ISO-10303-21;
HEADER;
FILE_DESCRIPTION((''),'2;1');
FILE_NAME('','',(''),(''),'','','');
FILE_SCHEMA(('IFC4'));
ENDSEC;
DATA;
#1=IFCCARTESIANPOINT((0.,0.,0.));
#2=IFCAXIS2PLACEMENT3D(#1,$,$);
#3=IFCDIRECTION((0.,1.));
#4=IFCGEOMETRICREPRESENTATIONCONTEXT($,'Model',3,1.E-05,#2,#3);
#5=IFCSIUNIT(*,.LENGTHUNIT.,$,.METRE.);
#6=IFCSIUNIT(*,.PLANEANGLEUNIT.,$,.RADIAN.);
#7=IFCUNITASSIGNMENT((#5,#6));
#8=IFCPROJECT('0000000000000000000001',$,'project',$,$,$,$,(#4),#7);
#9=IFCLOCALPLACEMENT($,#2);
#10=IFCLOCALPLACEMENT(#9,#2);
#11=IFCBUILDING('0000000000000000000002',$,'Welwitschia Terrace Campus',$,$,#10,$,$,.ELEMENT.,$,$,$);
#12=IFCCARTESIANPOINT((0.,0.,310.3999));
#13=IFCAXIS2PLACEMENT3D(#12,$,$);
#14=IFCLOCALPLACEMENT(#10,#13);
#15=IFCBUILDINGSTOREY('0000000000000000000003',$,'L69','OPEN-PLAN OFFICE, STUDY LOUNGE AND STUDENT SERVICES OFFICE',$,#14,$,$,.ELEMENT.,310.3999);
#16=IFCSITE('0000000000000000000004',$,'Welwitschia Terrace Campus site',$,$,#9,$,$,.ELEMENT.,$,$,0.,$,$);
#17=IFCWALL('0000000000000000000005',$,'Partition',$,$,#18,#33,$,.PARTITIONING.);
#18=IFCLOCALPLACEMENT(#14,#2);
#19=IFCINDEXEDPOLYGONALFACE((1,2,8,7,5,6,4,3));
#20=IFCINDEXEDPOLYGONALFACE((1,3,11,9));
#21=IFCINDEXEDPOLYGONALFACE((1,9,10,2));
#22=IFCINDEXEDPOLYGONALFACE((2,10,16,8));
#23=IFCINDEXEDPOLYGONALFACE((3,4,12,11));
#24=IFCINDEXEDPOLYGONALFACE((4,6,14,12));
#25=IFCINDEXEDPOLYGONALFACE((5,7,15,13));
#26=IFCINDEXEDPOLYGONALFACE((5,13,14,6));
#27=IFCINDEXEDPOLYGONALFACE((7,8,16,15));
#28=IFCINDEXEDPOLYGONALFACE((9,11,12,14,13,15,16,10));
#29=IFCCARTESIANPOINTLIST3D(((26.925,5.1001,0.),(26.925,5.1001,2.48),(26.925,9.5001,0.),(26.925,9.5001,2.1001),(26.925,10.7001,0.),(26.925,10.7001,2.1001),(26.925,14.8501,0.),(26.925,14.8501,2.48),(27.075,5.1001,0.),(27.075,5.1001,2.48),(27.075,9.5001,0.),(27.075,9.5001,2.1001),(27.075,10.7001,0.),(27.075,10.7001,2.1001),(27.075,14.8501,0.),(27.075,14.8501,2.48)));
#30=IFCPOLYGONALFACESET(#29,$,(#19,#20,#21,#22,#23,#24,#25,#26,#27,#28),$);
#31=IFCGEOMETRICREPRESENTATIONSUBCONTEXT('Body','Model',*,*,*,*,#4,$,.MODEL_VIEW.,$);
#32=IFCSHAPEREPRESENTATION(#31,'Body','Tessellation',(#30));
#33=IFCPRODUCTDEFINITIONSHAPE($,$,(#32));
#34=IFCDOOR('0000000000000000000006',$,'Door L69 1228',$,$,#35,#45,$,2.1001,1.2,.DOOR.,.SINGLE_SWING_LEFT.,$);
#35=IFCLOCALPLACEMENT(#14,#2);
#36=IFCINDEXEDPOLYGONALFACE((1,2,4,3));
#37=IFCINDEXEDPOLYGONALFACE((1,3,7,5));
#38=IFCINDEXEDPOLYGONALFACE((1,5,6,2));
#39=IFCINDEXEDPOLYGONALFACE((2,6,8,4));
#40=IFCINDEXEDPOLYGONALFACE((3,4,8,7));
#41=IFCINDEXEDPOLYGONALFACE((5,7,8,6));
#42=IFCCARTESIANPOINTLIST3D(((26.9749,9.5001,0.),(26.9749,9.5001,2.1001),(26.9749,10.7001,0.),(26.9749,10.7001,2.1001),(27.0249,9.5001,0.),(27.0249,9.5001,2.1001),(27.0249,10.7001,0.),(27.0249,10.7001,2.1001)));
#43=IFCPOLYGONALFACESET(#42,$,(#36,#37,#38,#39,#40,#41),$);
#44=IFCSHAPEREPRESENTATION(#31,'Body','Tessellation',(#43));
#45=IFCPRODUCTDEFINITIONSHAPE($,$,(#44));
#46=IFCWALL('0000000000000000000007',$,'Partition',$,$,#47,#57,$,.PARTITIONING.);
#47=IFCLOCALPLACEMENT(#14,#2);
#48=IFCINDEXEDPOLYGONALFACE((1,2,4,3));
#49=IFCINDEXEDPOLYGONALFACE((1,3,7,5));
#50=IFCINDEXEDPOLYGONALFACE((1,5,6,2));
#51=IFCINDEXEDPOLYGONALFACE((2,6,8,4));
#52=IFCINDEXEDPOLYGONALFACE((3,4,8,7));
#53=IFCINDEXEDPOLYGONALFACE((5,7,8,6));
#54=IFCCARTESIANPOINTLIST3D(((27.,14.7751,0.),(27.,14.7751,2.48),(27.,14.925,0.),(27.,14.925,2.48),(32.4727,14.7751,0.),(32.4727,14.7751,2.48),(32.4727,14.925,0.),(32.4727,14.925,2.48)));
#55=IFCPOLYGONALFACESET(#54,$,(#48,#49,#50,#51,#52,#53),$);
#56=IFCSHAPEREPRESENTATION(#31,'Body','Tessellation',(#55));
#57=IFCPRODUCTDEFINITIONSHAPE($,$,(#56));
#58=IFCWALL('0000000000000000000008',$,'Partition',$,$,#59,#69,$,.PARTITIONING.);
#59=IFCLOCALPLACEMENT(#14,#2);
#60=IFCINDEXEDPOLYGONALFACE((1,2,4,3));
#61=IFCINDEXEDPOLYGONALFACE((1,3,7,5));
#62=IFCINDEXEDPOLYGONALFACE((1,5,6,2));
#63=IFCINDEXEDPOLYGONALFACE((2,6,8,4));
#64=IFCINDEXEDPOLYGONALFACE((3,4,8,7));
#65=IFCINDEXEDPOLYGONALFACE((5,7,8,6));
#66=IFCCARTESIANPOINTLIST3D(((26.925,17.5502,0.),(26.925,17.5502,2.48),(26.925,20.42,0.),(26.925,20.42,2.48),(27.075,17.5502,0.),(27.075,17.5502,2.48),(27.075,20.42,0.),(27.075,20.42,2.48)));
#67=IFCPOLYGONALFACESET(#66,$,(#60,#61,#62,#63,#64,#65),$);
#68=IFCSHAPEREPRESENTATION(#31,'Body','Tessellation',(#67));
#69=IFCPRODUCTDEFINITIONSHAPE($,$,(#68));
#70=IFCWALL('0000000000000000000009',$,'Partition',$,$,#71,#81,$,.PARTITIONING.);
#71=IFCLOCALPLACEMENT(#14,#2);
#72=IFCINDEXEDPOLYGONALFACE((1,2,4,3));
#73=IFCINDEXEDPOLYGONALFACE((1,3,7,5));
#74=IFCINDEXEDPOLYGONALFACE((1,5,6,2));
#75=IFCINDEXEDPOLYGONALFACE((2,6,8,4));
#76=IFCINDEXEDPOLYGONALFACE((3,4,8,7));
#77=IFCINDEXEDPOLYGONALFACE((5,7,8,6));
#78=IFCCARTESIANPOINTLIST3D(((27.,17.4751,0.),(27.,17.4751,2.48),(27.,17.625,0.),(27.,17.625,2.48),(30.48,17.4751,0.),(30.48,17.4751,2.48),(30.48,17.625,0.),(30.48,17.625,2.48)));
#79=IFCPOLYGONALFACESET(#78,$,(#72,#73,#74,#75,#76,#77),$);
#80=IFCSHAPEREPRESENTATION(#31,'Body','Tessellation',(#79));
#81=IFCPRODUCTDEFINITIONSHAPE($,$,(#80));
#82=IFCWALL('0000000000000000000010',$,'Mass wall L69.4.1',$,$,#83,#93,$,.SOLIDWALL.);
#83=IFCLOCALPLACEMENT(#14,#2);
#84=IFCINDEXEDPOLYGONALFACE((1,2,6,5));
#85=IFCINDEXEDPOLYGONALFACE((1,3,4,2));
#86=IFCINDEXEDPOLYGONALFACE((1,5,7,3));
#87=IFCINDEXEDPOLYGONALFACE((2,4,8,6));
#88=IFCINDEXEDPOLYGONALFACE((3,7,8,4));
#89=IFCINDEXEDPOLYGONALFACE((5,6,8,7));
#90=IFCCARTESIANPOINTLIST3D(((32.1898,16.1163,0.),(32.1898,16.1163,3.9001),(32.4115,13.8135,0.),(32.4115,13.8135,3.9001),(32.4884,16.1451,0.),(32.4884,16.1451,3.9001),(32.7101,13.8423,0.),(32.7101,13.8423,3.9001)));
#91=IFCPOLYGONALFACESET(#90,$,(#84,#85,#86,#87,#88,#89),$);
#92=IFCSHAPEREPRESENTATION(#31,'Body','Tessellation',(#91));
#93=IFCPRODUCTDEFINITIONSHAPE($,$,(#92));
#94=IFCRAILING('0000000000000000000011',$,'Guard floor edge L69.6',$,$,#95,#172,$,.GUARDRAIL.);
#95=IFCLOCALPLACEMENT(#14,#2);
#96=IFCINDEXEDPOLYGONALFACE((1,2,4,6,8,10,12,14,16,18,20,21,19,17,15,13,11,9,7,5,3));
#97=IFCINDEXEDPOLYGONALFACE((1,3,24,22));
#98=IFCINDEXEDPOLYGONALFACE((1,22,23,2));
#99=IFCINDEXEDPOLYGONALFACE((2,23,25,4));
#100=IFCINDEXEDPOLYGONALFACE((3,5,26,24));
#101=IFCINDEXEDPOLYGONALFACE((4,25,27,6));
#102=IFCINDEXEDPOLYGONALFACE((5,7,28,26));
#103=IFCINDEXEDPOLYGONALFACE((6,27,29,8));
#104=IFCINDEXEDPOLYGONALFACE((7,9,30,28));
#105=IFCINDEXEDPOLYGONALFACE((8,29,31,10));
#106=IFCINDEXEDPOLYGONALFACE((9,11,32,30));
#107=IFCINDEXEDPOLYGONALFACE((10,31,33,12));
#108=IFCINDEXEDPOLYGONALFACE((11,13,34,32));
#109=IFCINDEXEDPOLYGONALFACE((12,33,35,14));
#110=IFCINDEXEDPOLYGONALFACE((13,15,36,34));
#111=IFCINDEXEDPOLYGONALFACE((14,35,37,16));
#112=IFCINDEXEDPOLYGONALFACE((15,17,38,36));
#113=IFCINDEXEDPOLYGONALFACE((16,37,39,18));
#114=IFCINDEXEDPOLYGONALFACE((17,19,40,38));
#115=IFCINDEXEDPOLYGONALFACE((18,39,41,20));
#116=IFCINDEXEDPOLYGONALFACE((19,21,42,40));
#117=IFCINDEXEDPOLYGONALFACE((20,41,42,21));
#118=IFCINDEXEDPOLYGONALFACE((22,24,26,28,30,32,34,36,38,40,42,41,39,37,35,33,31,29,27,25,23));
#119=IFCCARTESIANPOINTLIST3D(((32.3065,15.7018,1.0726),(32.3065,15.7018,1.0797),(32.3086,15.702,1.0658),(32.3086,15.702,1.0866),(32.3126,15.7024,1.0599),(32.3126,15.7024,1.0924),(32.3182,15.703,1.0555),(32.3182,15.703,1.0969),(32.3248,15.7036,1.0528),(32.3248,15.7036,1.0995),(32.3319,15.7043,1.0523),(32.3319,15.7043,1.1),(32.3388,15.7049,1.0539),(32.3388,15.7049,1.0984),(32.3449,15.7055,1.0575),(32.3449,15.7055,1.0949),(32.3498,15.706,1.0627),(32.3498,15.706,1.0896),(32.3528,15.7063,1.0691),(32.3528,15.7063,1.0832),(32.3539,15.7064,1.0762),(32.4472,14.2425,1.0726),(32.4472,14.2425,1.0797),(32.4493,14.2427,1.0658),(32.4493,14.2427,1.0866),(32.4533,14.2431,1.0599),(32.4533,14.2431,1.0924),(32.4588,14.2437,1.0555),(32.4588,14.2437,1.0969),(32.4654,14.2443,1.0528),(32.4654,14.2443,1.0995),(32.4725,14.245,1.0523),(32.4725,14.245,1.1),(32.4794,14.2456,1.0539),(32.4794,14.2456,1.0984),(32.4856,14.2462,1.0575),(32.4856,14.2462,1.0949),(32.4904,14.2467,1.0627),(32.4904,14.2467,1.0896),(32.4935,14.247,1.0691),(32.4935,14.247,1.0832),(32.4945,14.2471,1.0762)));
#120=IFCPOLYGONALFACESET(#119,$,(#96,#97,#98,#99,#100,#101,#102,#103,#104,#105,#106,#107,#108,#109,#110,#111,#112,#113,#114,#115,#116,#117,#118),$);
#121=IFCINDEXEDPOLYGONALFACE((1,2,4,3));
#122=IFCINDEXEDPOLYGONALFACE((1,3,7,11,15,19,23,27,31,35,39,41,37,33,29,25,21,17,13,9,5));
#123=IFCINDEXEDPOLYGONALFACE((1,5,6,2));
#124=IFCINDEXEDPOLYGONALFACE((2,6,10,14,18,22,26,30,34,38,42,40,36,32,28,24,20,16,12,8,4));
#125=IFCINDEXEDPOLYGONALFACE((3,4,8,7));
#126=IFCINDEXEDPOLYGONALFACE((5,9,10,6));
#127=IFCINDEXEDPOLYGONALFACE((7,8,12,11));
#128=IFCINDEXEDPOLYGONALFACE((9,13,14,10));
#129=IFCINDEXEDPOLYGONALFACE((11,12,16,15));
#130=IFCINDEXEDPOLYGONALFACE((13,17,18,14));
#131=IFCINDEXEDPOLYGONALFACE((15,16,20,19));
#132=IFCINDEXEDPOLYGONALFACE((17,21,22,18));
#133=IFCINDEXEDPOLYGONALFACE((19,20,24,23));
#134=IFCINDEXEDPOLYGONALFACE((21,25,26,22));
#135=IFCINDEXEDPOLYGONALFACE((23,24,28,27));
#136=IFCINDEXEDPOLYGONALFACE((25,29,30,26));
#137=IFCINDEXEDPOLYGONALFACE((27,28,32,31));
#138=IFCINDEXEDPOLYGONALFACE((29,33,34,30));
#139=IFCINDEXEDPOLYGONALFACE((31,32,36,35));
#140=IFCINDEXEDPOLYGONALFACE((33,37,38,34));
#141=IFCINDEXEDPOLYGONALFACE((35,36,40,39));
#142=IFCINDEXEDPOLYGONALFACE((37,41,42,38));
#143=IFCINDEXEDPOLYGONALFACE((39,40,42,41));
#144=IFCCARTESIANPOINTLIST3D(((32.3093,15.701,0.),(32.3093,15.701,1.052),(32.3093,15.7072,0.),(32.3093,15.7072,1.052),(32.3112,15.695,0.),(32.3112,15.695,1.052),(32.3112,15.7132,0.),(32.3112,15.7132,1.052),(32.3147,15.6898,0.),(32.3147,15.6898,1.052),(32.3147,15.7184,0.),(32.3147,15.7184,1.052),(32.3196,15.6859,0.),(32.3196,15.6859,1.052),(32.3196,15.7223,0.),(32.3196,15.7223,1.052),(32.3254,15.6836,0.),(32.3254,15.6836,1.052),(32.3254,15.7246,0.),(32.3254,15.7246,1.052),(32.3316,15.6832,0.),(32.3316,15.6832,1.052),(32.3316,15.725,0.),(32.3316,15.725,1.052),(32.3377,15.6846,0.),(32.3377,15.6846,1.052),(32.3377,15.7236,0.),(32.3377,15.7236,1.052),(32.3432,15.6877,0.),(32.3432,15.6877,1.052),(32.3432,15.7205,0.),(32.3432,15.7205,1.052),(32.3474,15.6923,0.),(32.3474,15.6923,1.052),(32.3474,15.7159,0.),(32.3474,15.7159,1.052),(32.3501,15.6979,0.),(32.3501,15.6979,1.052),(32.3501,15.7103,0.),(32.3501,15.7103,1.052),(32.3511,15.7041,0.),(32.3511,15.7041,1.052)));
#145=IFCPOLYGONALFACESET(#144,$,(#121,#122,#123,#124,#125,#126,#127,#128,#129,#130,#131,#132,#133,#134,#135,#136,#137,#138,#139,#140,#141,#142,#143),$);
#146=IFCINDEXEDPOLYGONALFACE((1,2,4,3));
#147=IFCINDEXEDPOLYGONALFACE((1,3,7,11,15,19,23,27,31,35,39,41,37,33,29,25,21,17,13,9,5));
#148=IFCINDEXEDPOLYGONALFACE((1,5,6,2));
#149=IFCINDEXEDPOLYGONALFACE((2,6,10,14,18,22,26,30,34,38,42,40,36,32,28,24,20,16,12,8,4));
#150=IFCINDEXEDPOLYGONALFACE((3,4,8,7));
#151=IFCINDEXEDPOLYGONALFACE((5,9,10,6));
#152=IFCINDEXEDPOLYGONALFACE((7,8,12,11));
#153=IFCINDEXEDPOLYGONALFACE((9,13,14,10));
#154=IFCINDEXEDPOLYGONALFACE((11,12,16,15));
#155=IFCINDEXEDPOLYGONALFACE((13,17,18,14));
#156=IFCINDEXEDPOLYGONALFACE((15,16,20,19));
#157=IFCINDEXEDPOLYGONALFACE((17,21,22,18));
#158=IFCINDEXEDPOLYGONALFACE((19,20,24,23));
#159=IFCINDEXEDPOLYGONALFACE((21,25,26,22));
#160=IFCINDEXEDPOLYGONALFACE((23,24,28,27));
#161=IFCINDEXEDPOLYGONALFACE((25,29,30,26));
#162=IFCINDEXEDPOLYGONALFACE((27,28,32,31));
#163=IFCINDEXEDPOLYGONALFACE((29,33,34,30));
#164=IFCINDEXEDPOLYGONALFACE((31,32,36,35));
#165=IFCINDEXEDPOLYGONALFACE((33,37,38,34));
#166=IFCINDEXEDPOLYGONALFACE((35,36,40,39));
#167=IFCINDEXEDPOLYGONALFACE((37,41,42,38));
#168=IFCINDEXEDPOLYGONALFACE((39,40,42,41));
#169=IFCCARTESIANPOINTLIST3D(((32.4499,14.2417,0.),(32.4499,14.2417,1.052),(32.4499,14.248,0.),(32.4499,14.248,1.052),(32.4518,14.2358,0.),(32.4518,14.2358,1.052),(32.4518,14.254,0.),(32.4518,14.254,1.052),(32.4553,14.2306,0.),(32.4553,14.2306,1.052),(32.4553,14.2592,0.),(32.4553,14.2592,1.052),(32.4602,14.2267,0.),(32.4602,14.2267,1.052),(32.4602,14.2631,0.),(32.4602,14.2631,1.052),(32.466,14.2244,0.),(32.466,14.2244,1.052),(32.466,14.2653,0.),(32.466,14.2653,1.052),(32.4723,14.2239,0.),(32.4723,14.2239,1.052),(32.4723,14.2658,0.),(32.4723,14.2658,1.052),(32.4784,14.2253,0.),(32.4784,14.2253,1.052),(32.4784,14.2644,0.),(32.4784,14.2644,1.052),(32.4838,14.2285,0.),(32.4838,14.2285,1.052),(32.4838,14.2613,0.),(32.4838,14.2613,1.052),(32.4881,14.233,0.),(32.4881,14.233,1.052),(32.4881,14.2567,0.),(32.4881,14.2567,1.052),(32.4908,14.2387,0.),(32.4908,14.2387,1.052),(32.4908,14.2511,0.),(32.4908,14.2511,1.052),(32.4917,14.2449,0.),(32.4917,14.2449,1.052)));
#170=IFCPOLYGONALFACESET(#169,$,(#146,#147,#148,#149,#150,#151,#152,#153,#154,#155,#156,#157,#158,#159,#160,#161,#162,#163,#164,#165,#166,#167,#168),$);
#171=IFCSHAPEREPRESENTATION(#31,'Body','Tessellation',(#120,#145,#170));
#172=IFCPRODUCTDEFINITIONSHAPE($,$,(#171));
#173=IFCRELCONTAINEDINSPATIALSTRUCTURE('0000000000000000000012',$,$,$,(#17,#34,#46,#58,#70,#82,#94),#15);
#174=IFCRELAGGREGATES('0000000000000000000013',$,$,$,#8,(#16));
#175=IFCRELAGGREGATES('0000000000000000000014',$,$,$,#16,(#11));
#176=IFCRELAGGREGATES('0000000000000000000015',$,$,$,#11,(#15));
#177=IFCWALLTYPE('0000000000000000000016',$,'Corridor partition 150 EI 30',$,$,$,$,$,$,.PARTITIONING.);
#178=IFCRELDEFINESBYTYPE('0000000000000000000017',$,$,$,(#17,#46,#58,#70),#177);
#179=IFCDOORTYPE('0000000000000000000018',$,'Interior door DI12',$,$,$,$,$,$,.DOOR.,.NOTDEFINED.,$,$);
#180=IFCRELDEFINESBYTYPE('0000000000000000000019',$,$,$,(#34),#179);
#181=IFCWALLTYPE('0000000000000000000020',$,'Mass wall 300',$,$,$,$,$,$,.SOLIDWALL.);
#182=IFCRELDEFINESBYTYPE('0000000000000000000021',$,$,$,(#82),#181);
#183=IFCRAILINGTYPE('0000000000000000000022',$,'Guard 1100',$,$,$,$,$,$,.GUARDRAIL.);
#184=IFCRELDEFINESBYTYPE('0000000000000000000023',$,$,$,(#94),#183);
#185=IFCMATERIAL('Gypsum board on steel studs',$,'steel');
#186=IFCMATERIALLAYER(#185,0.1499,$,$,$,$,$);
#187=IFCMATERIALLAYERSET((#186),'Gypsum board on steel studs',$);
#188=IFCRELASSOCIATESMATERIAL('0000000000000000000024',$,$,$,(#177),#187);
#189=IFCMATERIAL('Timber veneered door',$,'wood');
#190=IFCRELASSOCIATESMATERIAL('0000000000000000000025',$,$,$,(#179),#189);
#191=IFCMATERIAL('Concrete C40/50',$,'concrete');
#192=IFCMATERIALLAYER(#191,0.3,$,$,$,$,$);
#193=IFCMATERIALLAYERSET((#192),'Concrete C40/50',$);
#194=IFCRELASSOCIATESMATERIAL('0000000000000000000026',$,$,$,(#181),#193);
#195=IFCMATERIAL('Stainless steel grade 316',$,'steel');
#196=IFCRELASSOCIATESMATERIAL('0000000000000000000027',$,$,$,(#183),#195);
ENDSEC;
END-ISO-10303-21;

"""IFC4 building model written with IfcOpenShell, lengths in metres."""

from ifc_helpers import new_model, si_unit, direction, frame, frame_2d, origin, origin_2d, place, context, subcontext, project, spatial, rectangle, circle, extrude, material, layer, layer_set, type_object, element, fill, save


model = new_model("IFC4")

# Units and contexts
model_context = context("Model", 3, precision=1e-05, world=origin(), true_north=direction((0.0, 1.0)))
body_context = subcontext(model_context, "Body", "Model", "MODEL_VIEW")
ifc_project = project(units=[si_unit("LENGTHUNIT", "METRE"), si_unit("PLANEANGLEUNIT", "RADIAN")], contexts=[model_context])

# Site, building, storey
site_placement = place(None, origin())
site = spatial("IfcSite", under=ifc_project, at=site_placement, Name="Welwitschia Terrace Campus site", CompositionType="ELEMENT", RefElevation=0.0)
building_placement = place(site_placement, origin())
building = spatial("IfcBuilding", under=site, at=building_placement, Name="Welwitschia Terrace Campus", CompositionType="ELEMENT")
storey_placement = place(building_placement, frame((0.0, 0.0, 310.3999)))
storey = spatial("IfcBuildingStorey", under=building, at=storey_placement, Name="L69", Description="OPEN-PLAN OFFICE, STUDY LOUNGE AND STUDENT SERVICES OFFICE", CompositionType="ELEMENT", Elevation=310.3999)

# Wall, opening, door
ifc_material_1 = material(Name="Gypsum board on steel studs", Category="steel")
ifc_layer_1 = layer(ifc_material_1, 0.1499)
ifc_layer_set_1 = layer_set([ifc_layer_1], Name="Gypsum board on steel studs")
wall_type_1 = type_object("IfcWallType", Name="Corridor partition 150 EI 30", PredefinedType="PARTITIONING", material=ifc_layer_set_1)
wall_1_placement = place(storey_placement, frame((27.0, 14.8501, 0.0), z_axis=(0.0, 0.0, 1.0), x_axis=(0.0, -1.0, 0.0)))
wall_1 = element("IfcWall", 1, at=wall_1_placement, inside=storey, type_object=wall_type_1, Name="Partition", PredefinedType="PARTITIONING", context=body_context, shape_type="SweptSolid", body=[
    extrude(rectangle(XDim=9.75, YDim=0.1499, at=frame_2d((4.875, 0.0))), origin(), (0.0, 0.0, 1.0), 2.48),
])
opening_placement = place(wall_1_placement, frame((4.1499, 0.0, 0.0)))
opening = element("IfcOpeningElement", 2, at=opening_placement, cuts=wall_1, PredefinedType="OPENING", context=body_context, shape_type="SweptSolid", body=[
    extrude(rectangle(XDim=1.2, YDim=2.1001, at=frame_2d((0.6001, 1.05))), frame((0.0, 0.085, 0.0), z_axis=(0.0, -1.0, 0.0), x_axis=(1.0, 0.0, 0.0)), (0.0, 0.0, 1.0), 0.1699),
])
ifc_material_2 = material(Name="Timber veneered door", Category="wood")
door_type = type_object("IfcDoorType", Name="Interior door DI12", OperationType="NOTDEFINED", PredefinedType="DOOR", material=ifc_material_2)
door_placement = place(opening_placement, origin())
door = element("IfcDoor", 3, at=door_placement, inside=storey, type_object=door_type, Name="Door L69 1228", OperationType="SINGLE_SWING_LEFT", OverallHeight=2.1001, OverallWidth=1.2, PredefinedType="DOOR", context=body_context, shape_type="SweptSolid", body=[
    extrude(rectangle(XDim=1.2, YDim=2.1001, at=frame_2d((0.6001, 1.05))), frame((0.0, 0.0249, 0.0), z_axis=(0.0, -1.0, 0.0), x_axis=(1.0, 0.0, 0.0)), (0.0, 0.0, 1.0), 0.05),
])
fill(opening, door)

# Walls
wall_2_placement = place(storey_placement, frame((27.0, 14.8501, 0.0), z_axis=(0.0, 0.0, 1.0), x_axis=(1.0, 0.0, 0.0)))
element("IfcWall", 4, at=wall_2_placement, inside=storey, type_object=wall_type_1, Name="Partition", PredefinedType="PARTITIONING", context=body_context, shape_type="SweptSolid", body=[
    extrude(rectangle(XDim=5.4727, YDim=0.1499, at=frame_2d((2.7363, 0.0))), origin(), (0.0, 0.0, 1.0), 2.48),
])
wall_3_placement = place(storey_placement, frame((27.0, 17.55, 0.0), z_axis=(0.0, 0.0, 1.0), x_axis=(0.0, 1.0, 0.0)))
element("IfcWall", 5, at=wall_3_placement, inside=storey, type_object=wall_type_1, Name="Partition", PredefinedType="PARTITIONING", context=body_context, shape_type="SweptSolid", body=[
    extrude(rectangle(XDim=2.8699, YDim=0.1499, at=frame_2d((1.4351, 0.0))), origin(), (0.0, 0.0, 1.0), 2.48),
])
wall_4_placement = place(storey_placement, frame((27.0, 17.55, 0.0), z_axis=(0.0, 0.0, 1.0), x_axis=(1.0, 0.0, 0.0)))
element("IfcWall", 6, at=wall_4_placement, inside=storey, type_object=wall_type_1, Name="Partition", PredefinedType="PARTITIONING", context=body_context, shape_type="SweptSolid", body=[
    extrude(rectangle(XDim=3.48, YDim=0.1499, at=frame_2d((1.74, 0.0))), origin(), (0.0, 0.0, 1.0), 2.48),
])
ifc_material_3 = material(Name="Concrete C40/50", Category="concrete")
ifc_layer_2 = layer(ifc_material_3, 0.3)
ifc_layer_set_2 = layer_set([ifc_layer_2], Name="Concrete C40/50")
wall_type_2 = type_object("IfcWallType", Name="Mass wall 300", PredefinedType="SOLIDWALL", material=ifc_layer_set_2)
wall_5_placement = place(storey_placement, frame((32.5608, 13.8279, 0.0), z_axis=(0.0, 0.0, 1.0), x_axis=(-0.095825, 0.995398, 0.0)))
element("IfcWall", 7, at=wall_5_placement, inside=storey, type_object=wall_type_2, Name="Mass wall L69.4.1", PredefinedType="SOLIDWALL", context=body_context, shape_type="SweptSolid", body=[
    extrude(rectangle(XDim=2.3135, YDim=0.3, at=frame_2d((1.1567, 0.0))), origin(), (0.0, 0.0, 1.0), 3.9001),
])

# Railing
ifc_material_4 = material(Name="Stainless steel grade 316", Category="steel")
railing_type = type_object("IfcRailingType", Name="Guard 1100", PredefinedType="GUARDRAIL", material=ifc_material_4)
railing_1_placement = place(storey_placement, frame((32.3301, 15.7041, 0.0)))
element("IfcRailing", 8, at=railing_1_placement, inside=storey, type_object=railing_type, Name="Guard floor edge L69.6", PredefinedType="GUARDRAIL", context=body_context, shape_type="SweptSolid", body=[
    extrude(circle(Radius=0.0239, at=origin_2d()), frame((0.0, 0.0, 1.0762), z_axis=(0.095925, -0.995389, 0.0), x_axis=(0.995389, 0.095925, 0.0)), (0.0, 0.0, 1.0), 1.4661),
    extrude(circle(Radius=0.021, at=origin_2d()), origin(), (0.0, 0.0, 1.0), 1.052),
    extrude(circle(Radius=0.021, at=origin_2d()), frame((0.1406, -1.4592, 0.0)), (0.0, 0.0, 1.0), 1.052),
])

save(model, "model.ifc")
